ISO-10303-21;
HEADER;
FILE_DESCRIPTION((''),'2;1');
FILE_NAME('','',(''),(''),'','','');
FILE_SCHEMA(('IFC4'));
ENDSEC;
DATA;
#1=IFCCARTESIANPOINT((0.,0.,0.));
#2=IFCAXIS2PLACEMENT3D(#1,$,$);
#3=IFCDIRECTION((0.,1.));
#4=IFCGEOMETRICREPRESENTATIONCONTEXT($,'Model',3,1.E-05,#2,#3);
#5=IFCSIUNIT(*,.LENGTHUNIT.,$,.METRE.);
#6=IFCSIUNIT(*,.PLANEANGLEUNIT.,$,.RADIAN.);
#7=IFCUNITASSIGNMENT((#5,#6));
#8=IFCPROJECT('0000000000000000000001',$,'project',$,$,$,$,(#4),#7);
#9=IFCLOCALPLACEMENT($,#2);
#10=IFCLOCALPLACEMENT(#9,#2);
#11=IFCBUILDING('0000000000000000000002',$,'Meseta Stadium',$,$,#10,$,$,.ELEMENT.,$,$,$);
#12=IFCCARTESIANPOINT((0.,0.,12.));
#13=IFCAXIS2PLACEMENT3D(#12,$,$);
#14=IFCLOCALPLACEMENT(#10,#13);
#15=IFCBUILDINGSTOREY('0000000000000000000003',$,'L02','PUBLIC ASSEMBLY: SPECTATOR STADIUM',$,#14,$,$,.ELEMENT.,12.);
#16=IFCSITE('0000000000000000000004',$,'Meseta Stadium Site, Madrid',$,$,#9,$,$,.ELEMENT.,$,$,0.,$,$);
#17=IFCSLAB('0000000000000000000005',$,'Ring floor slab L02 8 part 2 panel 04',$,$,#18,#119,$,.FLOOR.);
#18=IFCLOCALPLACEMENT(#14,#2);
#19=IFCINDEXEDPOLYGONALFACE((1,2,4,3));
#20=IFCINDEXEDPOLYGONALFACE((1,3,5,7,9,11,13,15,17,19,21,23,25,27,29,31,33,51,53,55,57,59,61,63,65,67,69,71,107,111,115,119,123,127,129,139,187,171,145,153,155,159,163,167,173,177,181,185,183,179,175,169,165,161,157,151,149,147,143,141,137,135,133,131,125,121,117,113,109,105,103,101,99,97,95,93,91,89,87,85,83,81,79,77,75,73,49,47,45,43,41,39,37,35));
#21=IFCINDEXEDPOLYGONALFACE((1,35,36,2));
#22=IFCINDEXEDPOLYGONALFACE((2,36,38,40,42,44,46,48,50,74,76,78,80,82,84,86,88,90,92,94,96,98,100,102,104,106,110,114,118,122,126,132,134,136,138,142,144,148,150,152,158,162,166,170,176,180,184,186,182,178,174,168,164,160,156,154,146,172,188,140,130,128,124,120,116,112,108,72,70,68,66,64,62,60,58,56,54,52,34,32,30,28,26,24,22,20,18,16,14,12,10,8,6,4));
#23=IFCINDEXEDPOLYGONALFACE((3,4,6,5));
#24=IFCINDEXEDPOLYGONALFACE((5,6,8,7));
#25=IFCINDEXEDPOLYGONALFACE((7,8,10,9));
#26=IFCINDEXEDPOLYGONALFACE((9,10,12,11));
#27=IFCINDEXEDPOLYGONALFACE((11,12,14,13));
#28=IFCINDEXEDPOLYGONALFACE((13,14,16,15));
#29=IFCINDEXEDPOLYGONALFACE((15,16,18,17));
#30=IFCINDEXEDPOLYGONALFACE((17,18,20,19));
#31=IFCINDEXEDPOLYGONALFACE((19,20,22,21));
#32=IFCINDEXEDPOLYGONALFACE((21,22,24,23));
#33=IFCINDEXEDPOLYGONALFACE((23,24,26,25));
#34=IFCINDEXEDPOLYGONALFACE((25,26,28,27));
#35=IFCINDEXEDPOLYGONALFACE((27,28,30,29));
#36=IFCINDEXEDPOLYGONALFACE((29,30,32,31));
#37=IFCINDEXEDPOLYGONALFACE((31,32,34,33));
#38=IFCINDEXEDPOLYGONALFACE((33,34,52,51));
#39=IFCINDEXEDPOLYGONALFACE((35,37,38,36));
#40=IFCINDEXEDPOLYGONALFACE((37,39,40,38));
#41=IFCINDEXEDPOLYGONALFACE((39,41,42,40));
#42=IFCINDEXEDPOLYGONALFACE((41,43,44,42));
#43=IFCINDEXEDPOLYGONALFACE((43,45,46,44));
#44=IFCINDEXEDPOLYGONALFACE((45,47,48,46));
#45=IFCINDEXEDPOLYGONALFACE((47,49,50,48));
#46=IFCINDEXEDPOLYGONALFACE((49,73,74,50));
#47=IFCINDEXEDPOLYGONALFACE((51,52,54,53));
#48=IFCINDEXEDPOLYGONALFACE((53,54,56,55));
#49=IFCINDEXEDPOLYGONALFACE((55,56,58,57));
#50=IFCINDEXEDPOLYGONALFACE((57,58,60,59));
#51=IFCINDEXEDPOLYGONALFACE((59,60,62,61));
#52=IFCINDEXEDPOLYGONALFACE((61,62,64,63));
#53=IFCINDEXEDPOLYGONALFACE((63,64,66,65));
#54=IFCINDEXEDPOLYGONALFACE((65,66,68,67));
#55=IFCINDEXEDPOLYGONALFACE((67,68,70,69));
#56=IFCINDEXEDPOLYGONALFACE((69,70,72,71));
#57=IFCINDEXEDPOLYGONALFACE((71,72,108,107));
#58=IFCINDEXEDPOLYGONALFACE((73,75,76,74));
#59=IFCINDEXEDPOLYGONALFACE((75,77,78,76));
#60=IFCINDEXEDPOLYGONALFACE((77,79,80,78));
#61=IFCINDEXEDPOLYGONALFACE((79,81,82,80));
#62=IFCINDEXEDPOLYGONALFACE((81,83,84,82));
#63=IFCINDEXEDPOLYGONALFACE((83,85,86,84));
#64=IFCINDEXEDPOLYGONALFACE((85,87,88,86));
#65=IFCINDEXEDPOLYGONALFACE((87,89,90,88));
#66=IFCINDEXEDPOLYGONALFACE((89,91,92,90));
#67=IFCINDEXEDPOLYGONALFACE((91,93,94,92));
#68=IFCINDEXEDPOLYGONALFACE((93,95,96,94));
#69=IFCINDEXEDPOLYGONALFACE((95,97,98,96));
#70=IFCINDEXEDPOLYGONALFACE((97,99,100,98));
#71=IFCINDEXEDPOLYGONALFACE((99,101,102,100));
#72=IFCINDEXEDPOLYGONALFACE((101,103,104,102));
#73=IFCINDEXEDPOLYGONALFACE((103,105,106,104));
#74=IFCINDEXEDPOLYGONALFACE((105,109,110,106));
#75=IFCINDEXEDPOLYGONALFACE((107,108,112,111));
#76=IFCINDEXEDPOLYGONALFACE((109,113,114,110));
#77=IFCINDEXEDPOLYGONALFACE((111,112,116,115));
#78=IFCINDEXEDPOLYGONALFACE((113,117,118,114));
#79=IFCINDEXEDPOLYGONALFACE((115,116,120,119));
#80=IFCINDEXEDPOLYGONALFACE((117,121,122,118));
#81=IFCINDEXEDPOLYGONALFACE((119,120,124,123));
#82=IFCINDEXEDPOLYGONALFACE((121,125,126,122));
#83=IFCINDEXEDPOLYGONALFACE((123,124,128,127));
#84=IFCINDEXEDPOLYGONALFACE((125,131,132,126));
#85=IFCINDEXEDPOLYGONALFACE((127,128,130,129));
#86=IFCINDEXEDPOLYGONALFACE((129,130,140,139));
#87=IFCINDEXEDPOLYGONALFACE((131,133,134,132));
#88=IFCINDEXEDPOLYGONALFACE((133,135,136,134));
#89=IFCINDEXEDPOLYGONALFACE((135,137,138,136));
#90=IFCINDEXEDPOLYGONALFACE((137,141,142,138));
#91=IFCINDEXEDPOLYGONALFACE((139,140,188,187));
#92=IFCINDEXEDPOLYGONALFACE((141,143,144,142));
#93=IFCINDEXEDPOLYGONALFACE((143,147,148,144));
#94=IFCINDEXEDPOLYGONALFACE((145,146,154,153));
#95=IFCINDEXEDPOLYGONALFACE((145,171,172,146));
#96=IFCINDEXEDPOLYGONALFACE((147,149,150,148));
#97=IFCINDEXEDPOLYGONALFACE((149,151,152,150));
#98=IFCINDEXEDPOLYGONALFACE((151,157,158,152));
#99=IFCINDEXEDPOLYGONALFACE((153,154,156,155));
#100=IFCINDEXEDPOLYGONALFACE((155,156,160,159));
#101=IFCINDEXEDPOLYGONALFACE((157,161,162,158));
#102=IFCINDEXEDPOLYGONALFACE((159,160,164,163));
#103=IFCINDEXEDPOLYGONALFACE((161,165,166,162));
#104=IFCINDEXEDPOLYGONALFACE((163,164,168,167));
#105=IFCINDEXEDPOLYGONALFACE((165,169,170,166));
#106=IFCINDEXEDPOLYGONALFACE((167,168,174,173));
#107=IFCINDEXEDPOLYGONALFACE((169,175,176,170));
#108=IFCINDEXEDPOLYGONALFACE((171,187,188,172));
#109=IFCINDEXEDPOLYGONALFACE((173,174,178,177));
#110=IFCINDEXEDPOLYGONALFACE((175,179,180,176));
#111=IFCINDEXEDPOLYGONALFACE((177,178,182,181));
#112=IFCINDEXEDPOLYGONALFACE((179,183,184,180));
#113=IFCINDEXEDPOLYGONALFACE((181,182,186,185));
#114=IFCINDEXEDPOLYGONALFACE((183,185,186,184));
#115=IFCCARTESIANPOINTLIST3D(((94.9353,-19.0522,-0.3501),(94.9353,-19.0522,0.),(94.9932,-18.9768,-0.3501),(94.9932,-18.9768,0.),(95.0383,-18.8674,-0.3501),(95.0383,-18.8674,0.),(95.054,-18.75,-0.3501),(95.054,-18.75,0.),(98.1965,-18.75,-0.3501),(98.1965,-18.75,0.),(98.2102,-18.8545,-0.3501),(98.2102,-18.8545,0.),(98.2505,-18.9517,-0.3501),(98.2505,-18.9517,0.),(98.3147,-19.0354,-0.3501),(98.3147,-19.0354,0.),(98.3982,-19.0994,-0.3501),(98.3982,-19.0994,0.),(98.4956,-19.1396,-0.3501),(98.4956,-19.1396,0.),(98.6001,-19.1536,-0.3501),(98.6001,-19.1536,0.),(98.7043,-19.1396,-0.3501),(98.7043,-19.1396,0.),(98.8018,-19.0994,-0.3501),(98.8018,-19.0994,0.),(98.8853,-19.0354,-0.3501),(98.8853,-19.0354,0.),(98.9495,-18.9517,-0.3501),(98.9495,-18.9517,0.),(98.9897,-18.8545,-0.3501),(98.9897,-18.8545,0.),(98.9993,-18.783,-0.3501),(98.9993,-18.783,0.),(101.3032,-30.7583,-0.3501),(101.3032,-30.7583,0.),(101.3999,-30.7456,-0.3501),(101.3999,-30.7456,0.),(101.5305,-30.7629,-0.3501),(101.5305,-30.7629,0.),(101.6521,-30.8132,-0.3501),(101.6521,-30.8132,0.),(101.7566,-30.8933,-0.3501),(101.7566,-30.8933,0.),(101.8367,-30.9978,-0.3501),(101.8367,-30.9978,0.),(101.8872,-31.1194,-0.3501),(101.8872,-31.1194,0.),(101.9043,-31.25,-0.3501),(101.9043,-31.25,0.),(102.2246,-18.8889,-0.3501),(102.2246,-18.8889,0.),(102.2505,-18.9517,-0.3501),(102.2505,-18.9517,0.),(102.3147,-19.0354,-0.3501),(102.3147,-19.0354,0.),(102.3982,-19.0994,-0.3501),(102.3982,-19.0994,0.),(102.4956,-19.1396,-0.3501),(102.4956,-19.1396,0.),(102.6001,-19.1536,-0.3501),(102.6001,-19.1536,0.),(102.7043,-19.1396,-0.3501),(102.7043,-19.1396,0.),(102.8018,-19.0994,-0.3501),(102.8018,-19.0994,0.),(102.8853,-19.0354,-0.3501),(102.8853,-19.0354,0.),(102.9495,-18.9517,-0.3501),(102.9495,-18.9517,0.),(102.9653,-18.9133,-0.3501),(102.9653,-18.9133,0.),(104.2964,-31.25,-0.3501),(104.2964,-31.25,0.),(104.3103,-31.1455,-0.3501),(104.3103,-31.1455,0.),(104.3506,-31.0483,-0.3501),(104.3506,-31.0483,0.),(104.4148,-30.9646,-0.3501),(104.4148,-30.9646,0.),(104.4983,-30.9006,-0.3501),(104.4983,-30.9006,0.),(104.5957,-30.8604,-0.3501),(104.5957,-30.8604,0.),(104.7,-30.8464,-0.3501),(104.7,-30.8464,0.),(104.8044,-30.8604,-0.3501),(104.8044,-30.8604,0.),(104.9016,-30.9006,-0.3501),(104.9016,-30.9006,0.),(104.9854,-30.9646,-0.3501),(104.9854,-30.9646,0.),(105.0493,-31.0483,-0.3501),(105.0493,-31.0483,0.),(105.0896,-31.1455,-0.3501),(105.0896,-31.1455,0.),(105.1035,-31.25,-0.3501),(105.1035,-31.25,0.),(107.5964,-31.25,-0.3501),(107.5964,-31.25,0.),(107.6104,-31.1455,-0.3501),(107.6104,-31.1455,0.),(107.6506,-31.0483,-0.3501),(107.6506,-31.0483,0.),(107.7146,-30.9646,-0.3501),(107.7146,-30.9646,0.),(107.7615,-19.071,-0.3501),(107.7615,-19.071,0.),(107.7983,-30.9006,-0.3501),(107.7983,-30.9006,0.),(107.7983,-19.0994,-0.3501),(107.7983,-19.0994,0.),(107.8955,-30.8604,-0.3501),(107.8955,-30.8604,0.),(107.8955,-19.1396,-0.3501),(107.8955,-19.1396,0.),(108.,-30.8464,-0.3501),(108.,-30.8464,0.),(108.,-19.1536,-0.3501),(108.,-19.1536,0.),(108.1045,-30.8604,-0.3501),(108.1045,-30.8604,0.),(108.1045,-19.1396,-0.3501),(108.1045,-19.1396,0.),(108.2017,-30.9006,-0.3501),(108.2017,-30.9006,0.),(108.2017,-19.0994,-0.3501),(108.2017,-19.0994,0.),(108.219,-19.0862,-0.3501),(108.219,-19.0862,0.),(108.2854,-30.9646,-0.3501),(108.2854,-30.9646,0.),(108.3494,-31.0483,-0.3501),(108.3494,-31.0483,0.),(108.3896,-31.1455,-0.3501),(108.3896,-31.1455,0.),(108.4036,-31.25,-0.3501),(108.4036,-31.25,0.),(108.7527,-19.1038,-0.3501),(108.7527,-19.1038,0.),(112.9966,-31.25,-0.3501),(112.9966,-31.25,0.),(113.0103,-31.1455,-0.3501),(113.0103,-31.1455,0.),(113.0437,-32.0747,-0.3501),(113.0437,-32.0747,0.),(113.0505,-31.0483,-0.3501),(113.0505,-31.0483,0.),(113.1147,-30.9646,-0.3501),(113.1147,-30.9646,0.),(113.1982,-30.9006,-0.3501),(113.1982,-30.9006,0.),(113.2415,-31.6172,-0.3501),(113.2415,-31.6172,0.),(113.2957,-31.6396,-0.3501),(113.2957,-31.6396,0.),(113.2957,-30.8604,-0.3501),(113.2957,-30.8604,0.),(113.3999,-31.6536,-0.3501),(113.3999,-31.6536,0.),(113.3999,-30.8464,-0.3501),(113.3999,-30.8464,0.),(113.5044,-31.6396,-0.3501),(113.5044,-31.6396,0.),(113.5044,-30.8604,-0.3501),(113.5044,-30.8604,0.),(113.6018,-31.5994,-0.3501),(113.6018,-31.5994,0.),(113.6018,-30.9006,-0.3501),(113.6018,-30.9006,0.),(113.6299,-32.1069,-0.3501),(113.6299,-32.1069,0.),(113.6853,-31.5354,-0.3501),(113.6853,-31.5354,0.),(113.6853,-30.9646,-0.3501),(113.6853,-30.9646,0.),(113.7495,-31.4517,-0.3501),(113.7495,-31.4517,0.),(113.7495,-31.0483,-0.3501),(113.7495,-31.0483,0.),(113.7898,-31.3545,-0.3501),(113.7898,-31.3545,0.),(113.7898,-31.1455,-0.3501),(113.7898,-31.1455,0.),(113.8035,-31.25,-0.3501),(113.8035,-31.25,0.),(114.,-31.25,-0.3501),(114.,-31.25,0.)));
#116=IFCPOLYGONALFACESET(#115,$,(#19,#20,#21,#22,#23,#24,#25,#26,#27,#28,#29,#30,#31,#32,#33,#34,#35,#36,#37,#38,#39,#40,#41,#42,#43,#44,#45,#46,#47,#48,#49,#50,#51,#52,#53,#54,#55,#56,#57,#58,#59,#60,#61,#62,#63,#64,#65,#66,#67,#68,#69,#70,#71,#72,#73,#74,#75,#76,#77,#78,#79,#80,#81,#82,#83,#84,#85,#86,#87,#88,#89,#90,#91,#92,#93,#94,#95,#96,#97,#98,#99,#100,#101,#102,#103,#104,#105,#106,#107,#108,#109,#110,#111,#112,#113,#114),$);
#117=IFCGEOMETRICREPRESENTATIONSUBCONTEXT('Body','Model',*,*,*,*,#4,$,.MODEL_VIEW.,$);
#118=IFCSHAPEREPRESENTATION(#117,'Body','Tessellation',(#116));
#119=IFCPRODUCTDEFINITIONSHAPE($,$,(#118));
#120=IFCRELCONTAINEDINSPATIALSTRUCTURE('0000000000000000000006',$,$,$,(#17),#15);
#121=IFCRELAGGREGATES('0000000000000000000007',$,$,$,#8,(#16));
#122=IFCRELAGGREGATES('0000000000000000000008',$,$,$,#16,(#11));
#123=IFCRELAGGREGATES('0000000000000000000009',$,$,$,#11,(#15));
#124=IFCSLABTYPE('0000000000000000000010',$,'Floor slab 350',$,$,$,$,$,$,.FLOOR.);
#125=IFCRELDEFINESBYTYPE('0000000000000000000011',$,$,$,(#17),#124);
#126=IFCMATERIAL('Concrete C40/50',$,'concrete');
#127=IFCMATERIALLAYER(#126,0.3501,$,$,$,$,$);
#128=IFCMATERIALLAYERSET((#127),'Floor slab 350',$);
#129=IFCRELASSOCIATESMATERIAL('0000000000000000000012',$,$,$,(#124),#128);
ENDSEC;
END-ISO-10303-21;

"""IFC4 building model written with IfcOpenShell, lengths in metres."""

from ifc_helpers import new_model, si_unit, direction, frame, origin, place, context, subcontext, project, spatial, polyline, outline, extrude, material, layer, layer_set, type_object, element, save


model = new_model("IFC4")

# Units and contexts
model_context = context("Model", 3, precision=1e-05, world=origin(), true_north=direction((0.0, 1.0)))
body_context = subcontext(model_context, "Body", "Model", "MODEL_VIEW")
ifc_project = project(units=[si_unit("LENGTHUNIT", "METRE"), si_unit("PLANEANGLEUNIT", "RADIAN")], contexts=[model_context])

# Site, building, storey
site_placement = place(None, origin())
site = spatial("IfcSite", under=ifc_project, at=site_placement, Name="Meseta Stadium Site, Madrid", CompositionType="ELEMENT", RefElevation=0.0)
building_placement = place(site_placement, origin())
building = spatial("IfcBuilding", under=site, at=building_placement, Name="Meseta Stadium", CompositionType="ELEMENT")
storey_placement = place(building_placement, frame((0.0, 0.0, 12.0)))
storey = spatial("IfcBuildingStorey", under=building, at=storey_placement, Name="L02", Description="PUBLIC ASSEMBLY: SPECTATOR STADIUM", CompositionType="ELEMENT", Elevation=12.0)

# Slab
ifc_material_1 = material(Name="Concrete C40/50", Category="concrete")
ifc_layer_1 = layer(ifc_material_1, 0.3501)
ifc_layer_set_1 = layer_set([ifc_layer_1], Name="Floor slab 350")
slab_type_1 = type_object("IfcSlabType", Name="Floor slab 350", PredefinedType="FLOOR", material=ifc_layer_set_1)
slab_1_placement = place(storey_placement, frame((0.0, 0.0, -0.3501)))
element("IfcSlab", 1, at=slab_1_placement, inside=storey, type_object=slab_type_1, Name="Ring floor slab L02 8 part 2 panel 04", PredefinedType="FLOOR", context=body_context, shape_type="SweptSolid", body=[
    extrude(outline(polyline([(98.2102, -18.8545), (98.1965, -18.75), (95.054, -18.75), (95.0383, -18.8674), (94.9932, -18.9768), (94.9353, -19.0522), (101.3032, -30.7583), (101.3999, -30.7456), (101.5305, -30.7629), (101.6521, -30.8132), (101.7566, -30.8933), (101.8367, -30.9978), (101.8872, -31.1194), (101.9043, -31.25), (104.2964, -31.25), (104.3103, -31.1455), (104.3506, -31.0483), (104.4148, -30.9646), (104.4983, -30.9006), (104.5957, -30.8604), (104.7, -30.8464), (104.8044, -30.8604), (104.9016, -30.9006), (104.9854, -30.9646), (105.0493, -31.0483), (105.0896, -31.1455), (105.1035, -31.25), (107.5964, -31.25), (107.6104, -31.1455), (107.6506, -31.0483), (107.7146, -30.9646), (107.7983, -30.9006), (107.8955, -30.8604), (108.0, -30.8464), (108.1045, -30.8604), (108.2017, -30.9006), (108.2854, -30.9646), (108.3494, -31.0483), (108.3896, -31.1455), (108.4036, -31.25), (112.9966, -31.25), (113.0103, -31.1455), (113.0505, -31.0483), (113.1147, -30.9646), (113.1982, -30.9006), (113.2957, -30.8604), (113.3999, -30.8464), (113.5044, -30.8604), (113.6018, -30.9006), (113.6853, -30.9646), (113.7495, -31.0483), (113.7898, -31.1455), (113.8035, -31.25), (113.7898, -31.3545), (113.7495, -31.4517), (113.6853, -31.5354), (113.6018, -31.5994), (113.5044, -31.6396), (113.3999, -31.6536), (113.2957, -31.6396), (113.2415, -31.6172), (113.0437, -32.0747), (113.6299, -32.1069), (114.0, -31.25), (108.7527, -19.1038), (108.219, -19.0862), (108.2017, -19.0994), (108.1045, -19.1396), (108.0, -19.1536), (107.8955, -19.1396), (107.7983, -19.0994), (107.7615, -19.071), (102.9653, -18.9133), (102.9495, -18.9517), (102.8853, -19.0354), (102.8018, -19.0994), (102.7043, -19.1396), (102.6001, -19.1536), (102.4956, -19.1396), (102.3982, -19.0994), (102.3147, -19.0354), (102.2505, -18.9517), (102.2246, -18.8889), (98.9993, -18.783), (98.9897, -18.8545), (98.9495, -18.9517), (98.8853, -19.0354), (98.8018, -19.0994), (98.7043, -19.1396), (98.6001, -19.1536), (98.4956, -19.1396), (98.3982, -19.0994), (98.3147, -19.0354), (98.2505, -18.9517), (98.2102, -18.8545)])), origin(), (0.0, 0.0, 1.0), 0.3501),
])

save(model, "model.ifc")
